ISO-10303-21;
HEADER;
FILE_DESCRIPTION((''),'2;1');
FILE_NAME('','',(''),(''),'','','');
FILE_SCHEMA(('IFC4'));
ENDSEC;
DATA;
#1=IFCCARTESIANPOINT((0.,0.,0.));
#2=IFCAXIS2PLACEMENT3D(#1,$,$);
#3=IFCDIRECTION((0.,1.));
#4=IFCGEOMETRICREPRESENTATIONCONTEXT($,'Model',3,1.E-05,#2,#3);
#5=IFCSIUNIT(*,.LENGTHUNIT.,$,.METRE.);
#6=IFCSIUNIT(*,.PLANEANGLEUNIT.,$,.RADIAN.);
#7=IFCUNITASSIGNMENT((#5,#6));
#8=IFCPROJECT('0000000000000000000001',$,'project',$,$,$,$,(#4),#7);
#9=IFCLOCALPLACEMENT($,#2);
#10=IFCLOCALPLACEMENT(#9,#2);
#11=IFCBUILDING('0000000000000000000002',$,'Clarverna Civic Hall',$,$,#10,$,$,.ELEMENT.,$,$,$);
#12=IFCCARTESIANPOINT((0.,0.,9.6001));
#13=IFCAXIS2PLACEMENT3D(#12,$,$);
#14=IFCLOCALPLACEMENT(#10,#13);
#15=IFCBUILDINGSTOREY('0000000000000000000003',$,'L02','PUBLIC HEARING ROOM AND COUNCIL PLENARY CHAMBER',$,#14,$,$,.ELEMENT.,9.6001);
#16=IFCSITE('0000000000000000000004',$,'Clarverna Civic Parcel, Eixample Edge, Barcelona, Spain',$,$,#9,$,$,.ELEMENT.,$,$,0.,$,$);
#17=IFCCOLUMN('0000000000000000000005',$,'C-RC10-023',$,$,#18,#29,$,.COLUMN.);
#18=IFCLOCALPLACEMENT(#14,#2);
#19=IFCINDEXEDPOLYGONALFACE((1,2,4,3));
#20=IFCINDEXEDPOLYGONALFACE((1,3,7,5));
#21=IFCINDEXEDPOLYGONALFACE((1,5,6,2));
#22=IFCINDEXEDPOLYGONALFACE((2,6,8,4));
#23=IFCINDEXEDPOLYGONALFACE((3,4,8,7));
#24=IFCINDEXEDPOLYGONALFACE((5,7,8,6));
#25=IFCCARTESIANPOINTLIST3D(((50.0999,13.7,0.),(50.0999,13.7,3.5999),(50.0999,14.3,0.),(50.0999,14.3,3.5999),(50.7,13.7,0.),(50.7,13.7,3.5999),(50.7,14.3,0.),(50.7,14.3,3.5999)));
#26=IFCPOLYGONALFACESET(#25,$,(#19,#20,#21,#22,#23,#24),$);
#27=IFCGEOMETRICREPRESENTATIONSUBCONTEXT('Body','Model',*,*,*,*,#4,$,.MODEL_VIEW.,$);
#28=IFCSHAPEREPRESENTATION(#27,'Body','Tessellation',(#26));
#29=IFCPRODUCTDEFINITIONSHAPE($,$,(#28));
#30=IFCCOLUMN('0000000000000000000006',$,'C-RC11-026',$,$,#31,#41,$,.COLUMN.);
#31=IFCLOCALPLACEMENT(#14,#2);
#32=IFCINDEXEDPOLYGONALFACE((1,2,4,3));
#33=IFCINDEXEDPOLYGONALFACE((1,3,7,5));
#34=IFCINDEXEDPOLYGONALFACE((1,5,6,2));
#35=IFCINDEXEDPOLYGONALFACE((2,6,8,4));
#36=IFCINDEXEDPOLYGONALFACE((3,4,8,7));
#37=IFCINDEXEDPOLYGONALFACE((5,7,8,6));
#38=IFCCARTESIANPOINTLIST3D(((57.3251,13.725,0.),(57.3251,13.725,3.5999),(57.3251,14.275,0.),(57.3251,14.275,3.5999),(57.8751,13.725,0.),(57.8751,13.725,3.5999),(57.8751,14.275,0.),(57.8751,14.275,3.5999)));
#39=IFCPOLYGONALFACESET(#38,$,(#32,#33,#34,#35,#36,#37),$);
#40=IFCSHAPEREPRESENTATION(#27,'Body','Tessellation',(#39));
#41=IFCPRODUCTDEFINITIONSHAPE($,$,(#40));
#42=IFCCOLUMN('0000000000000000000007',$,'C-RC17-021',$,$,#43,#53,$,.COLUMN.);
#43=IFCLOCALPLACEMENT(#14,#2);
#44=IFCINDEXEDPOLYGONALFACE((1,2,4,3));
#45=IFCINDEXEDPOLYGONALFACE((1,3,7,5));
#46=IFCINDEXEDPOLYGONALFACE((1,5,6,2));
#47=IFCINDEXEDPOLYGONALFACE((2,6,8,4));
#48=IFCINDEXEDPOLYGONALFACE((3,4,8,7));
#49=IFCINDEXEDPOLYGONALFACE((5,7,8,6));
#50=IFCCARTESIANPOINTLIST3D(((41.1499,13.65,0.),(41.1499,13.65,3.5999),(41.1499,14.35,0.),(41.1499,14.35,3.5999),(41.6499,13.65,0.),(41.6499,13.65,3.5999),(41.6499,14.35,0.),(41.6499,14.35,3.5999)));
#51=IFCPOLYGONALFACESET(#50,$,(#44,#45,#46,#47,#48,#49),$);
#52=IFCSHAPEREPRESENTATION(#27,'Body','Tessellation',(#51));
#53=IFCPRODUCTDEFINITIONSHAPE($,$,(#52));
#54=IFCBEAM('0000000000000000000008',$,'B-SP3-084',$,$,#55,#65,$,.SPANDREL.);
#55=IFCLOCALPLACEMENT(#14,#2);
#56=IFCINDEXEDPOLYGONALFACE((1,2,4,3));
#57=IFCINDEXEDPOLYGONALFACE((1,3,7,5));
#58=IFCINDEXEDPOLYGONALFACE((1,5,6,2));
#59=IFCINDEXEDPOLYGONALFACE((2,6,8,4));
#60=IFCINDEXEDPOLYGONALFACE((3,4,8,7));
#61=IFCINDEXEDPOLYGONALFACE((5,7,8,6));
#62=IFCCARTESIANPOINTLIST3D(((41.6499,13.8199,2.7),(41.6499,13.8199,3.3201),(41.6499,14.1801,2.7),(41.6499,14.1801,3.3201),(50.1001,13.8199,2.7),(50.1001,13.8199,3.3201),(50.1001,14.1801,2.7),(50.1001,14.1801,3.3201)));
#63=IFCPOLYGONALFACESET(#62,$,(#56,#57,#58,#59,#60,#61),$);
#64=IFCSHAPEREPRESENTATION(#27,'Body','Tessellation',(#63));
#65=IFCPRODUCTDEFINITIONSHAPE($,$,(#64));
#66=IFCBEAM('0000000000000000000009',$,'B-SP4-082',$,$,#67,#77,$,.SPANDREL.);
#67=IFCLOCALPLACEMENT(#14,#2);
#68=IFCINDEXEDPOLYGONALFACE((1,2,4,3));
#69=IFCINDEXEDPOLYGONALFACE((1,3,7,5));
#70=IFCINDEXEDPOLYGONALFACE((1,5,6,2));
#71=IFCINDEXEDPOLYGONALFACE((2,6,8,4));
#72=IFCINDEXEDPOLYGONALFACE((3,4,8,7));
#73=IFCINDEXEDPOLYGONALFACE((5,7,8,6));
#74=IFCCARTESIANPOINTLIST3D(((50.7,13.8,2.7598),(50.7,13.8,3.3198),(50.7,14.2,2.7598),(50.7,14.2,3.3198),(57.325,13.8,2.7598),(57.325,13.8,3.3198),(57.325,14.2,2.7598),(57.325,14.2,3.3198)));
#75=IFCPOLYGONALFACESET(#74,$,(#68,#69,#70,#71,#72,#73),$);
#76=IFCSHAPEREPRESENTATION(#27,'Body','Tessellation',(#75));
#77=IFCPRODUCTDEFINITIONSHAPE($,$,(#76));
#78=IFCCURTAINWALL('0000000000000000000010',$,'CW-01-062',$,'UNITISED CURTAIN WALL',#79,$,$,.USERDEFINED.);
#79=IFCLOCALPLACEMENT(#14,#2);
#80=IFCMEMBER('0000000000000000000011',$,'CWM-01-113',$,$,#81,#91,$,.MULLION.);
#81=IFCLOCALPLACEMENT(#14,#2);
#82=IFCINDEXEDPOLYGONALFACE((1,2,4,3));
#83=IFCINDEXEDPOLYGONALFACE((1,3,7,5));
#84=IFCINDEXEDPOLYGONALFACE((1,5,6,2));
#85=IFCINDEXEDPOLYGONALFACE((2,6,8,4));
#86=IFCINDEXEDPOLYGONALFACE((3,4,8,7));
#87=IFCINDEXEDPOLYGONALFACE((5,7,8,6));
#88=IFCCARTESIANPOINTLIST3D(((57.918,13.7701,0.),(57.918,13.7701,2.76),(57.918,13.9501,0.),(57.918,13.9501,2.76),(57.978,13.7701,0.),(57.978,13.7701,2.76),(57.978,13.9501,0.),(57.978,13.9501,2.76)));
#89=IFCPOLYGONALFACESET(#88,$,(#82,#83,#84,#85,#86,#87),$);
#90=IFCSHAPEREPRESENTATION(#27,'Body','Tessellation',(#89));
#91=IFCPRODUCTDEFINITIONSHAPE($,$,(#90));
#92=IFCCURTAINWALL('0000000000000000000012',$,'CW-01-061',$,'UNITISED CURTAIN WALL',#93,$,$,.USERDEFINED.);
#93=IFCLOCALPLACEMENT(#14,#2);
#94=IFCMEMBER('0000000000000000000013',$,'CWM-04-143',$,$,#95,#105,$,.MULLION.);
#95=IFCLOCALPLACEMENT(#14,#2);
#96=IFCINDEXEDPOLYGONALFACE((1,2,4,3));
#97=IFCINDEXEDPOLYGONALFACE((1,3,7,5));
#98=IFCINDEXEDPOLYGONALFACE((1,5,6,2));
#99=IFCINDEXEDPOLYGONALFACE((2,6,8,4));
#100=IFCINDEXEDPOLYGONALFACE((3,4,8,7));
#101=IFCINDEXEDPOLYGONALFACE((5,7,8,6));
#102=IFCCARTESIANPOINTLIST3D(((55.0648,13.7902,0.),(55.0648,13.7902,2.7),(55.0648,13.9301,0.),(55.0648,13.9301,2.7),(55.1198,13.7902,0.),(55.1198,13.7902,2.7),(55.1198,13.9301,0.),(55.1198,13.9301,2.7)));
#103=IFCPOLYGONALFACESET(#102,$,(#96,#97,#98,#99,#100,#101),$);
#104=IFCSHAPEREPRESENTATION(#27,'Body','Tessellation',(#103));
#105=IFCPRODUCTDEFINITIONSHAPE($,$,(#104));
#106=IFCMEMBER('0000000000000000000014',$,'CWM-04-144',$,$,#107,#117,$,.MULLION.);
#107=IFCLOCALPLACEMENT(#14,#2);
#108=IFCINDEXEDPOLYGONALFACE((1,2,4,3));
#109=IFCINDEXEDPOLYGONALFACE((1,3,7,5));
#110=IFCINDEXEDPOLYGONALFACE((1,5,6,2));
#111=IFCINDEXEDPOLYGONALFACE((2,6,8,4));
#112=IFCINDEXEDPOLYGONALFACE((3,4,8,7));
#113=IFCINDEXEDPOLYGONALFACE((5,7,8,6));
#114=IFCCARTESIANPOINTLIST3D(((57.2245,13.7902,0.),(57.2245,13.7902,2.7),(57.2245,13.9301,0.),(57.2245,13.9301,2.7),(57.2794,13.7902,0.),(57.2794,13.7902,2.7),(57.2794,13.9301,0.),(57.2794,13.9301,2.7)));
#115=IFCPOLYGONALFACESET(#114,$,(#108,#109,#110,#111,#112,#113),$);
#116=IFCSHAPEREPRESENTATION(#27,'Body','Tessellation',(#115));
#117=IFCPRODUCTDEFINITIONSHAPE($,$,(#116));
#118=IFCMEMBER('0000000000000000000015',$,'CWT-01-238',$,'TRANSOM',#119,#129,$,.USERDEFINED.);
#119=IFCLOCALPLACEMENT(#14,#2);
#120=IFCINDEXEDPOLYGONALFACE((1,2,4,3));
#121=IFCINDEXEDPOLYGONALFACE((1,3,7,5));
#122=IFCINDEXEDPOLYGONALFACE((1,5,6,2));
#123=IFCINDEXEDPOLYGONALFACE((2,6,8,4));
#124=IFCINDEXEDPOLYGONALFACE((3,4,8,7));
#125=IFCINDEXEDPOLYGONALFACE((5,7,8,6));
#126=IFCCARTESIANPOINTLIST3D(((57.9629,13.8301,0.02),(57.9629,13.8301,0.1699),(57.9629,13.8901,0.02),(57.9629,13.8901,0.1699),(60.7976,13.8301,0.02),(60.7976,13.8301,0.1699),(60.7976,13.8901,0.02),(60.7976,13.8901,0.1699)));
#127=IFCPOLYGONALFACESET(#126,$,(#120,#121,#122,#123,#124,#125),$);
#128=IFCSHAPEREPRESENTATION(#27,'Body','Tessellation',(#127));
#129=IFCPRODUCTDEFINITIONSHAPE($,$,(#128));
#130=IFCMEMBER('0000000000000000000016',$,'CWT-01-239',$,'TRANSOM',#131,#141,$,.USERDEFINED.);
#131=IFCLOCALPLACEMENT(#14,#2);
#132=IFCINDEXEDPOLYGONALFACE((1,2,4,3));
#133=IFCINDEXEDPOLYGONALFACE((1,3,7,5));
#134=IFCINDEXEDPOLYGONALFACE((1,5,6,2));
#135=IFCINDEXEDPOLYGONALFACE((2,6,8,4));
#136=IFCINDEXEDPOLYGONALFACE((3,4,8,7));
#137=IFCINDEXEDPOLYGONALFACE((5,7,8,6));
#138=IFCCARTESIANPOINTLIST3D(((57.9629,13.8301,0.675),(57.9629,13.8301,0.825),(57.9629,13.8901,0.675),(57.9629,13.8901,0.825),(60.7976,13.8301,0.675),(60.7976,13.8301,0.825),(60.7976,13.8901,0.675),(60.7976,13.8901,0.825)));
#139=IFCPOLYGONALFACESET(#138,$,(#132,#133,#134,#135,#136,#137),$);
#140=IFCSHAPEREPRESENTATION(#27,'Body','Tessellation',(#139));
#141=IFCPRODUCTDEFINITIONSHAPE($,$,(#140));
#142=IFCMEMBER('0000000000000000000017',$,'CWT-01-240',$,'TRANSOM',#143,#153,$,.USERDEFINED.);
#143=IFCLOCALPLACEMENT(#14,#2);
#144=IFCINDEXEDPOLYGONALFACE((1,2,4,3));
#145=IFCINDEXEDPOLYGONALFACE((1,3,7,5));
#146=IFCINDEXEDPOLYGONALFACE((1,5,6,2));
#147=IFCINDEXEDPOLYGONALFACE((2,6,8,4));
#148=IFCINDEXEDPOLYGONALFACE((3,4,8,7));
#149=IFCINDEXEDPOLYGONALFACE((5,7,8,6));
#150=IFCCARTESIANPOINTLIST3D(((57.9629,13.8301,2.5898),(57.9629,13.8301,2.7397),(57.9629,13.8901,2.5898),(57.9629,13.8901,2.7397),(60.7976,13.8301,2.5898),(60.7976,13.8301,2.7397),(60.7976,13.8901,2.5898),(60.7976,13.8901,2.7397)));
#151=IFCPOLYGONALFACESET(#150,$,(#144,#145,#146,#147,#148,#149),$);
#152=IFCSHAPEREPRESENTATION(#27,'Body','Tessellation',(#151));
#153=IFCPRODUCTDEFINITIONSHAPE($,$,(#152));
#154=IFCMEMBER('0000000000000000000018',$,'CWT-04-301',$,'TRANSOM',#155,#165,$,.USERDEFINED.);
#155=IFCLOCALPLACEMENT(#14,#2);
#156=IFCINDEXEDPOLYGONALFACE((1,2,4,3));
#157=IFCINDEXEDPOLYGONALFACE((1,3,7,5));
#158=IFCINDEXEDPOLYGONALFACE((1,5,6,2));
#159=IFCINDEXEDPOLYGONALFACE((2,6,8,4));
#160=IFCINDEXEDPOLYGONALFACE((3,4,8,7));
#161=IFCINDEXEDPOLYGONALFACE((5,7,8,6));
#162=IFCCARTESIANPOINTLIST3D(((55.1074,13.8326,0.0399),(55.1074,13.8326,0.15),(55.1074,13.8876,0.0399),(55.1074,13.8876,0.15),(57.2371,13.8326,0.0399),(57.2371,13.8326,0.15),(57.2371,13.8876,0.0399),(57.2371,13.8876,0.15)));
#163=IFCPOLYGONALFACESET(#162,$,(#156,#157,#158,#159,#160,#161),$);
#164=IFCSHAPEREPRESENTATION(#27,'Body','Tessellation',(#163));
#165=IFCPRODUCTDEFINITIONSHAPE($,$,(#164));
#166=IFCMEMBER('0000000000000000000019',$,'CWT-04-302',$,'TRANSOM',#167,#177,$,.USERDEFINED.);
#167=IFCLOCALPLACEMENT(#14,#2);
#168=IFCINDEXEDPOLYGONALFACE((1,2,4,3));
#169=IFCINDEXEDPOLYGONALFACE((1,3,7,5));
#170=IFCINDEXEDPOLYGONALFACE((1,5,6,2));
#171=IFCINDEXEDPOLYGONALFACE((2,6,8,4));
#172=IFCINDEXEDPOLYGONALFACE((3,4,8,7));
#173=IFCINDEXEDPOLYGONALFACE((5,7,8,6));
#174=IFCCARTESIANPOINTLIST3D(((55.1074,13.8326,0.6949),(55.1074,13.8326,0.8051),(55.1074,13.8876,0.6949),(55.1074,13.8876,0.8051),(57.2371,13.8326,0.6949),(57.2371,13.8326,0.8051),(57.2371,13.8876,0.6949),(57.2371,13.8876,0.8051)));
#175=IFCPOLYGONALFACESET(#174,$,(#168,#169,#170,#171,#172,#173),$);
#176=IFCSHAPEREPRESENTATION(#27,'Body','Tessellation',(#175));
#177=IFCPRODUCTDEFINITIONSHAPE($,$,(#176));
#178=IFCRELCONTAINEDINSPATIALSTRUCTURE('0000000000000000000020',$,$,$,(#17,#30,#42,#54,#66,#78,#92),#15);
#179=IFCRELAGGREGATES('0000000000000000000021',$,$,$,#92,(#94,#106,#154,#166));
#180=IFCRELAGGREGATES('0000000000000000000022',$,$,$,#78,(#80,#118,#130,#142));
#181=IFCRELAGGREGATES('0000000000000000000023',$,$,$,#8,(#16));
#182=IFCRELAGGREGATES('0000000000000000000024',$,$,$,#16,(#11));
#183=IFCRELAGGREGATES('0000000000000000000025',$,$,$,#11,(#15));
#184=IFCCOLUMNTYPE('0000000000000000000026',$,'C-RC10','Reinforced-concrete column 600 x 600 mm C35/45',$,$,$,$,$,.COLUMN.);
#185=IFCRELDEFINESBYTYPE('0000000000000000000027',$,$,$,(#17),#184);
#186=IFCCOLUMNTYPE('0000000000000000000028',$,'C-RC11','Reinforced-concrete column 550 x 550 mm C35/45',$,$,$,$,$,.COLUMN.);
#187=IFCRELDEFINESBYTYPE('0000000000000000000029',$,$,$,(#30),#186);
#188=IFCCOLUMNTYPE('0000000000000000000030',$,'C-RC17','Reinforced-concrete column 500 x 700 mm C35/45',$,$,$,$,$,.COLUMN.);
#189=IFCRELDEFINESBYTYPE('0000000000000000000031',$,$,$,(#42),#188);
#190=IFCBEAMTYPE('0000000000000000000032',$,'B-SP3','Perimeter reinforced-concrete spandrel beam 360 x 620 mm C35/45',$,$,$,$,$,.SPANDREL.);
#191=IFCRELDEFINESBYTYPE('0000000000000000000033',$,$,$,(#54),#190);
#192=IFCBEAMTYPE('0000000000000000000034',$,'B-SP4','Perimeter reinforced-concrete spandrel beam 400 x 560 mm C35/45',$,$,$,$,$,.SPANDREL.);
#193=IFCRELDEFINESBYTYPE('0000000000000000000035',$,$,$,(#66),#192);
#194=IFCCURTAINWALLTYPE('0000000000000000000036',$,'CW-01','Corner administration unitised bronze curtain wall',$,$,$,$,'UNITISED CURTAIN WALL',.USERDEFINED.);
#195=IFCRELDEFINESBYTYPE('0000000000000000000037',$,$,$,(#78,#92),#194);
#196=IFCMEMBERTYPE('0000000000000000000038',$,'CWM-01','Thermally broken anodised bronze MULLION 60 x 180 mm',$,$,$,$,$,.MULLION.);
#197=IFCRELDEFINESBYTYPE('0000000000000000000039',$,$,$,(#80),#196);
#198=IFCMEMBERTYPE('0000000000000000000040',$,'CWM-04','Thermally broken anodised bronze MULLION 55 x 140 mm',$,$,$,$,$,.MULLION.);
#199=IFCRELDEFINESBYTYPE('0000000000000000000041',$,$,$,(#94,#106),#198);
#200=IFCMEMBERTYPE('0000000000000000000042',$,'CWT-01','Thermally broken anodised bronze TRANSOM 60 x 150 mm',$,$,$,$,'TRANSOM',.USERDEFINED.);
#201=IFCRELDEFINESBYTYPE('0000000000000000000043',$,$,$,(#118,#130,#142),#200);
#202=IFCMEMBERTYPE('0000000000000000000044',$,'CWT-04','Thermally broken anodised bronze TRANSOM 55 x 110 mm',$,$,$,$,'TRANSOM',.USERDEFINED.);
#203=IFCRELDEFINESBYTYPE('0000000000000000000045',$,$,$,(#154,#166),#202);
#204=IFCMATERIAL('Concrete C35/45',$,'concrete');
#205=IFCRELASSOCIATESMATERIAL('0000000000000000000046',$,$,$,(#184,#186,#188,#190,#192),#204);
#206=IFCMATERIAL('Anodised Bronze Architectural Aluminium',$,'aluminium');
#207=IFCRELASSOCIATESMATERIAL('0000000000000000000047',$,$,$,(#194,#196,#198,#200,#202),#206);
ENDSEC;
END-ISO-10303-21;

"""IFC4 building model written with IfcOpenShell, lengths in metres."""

from ifc_helpers import new_model, si_unit, direction, frame, origin, origin_2d, place, context, subcontext, project, spatial, rectangle, extrude, material, material_profile, profile_set, type_object, element, aggregate, save


model = new_model("IFC4")

# Units and contexts
model_context = context("Model", 3, precision=1e-05, world=origin(), true_north=direction((0.0, 1.0)))
body_context = subcontext(model_context, "Body", "Model", "MODEL_VIEW")
ifc_project = project(units=[si_unit("LENGTHUNIT", "METRE"), si_unit("PLANEANGLEUNIT", "RADIAN")], contexts=[model_context])

# Site, building, storey
site_placement = place(None, origin())
site = spatial("IfcSite", under=ifc_project, at=site_placement, Name="Clarverna Civic Parcel, Eixample Edge, Barcelona, Spain", CompositionType="ELEMENT", RefElevation=0.0)
building_placement = place(site_placement, origin())
building = spatial("IfcBuilding", under=site, at=building_placement, Name="Clarverna Civic Hall", CompositionType="ELEMENT")
storey_placement = place(building_placement, frame((0.0, 0.0, 9.6001)))
storey = spatial("IfcBuildingStorey", under=building, at=storey_placement, Name="L02", Description="PUBLIC HEARING ROOM AND COUNCIL PLENARY CHAMBER", CompositionType="ELEMENT", Elevation=9.6001)

# Columns
ifc_material_1 = material(Name="Concrete C35/45", Category="concrete")
ifc_material_profile_1 = material_profile(ifc_material_1, rectangle(XDim=0.6001, YDim=0.6001, at=origin_2d()), Name="RC 600x600")
ifc_profile_set_1 = profile_set([ifc_material_profile_1], Name="Concrete C35/45")
column_type_1 = type_object("IfcColumnType", Name="C-RC10", Description="Reinforced-concrete column 600 x 600 mm C35/45", PredefinedType="COLUMN", material=ifc_profile_set_1)
column_1_placement = place(storey_placement, frame((50.3999, 14.0, 0.0), z_axis=(0.0, 0.0, 1.0), x_axis=(1.0, 0.0, 0.0)))
element("IfcColumn", 1, at=column_1_placement, inside=storey, type_object=column_type_1, Name="C-RC10-023", PredefinedType="COLUMN", context=body_context, shape_type="SweptSolid", body=[
    extrude(rectangle(XDim=0.6001, YDim=0.6001, at=origin_2d()), origin(), (0.0, 0.0, 1.0), 3.5999),
])
ifc_material_profile_2 = material_profile(ifc_material_1, rectangle(XDim=0.55, YDim=0.55, at=origin_2d()), Name="RC 550x550")
ifc_profile_set_2 = profile_set([ifc_material_profile_2], Name="Concrete C35/45")
column_type_2 = type_object("IfcColumnType", Name="C-RC11", Description="Reinforced-concrete column 550 x 550 mm C35/45", PredefinedType="COLUMN", material=ifc_profile_set_2)
column_2_placement = place(storey_placement, frame((57.6001, 14.0, 0.0), z_axis=(0.0, 0.0, 1.0), x_axis=(1.0, 0.0, 0.0)))
element("IfcColumn", 2, at=column_2_placement, inside=storey, type_object=column_type_2, Name="C-RC11-026", PredefinedType="COLUMN", context=body_context, shape_type="SweptSolid", body=[
    extrude(rectangle(XDim=0.55, YDim=0.55, at=origin_2d()), origin(), (0.0, 0.0, 1.0), 3.5999),
])
ifc_material_profile_3 = material_profile(ifc_material_1, rectangle(XDim=0.5, YDim=0.7, at=origin_2d()), Name="RC 500x700")
ifc_profile_set_3 = profile_set([ifc_material_profile_3], Name="Concrete C35/45")
column_type_3 = type_object("IfcColumnType", Name="C-RC17", Description="Reinforced-concrete column 500 x 700 mm C35/45", PredefinedType="COLUMN", material=ifc_profile_set_3)
column_3_placement = place(storey_placement, frame((41.3999, 14.0, 0.0), z_axis=(0.0, 0.0, 1.0), x_axis=(1.0, 0.0, 0.0)))
element("IfcColumn", 3, at=column_3_placement, inside=storey, type_object=column_type_3, Name="C-RC17-021", PredefinedType="COLUMN", context=body_context, shape_type="SweptSolid", body=[
    extrude(rectangle(XDim=0.5, YDim=0.7, at=origin_2d()), origin(), (0.0, 0.0, 1.0), 3.5999),
])

# Beams
ifc_material_profile_4 = material_profile(ifc_material_1, rectangle(XDim=0.3601, YDim=0.6201, at=origin_2d()), Name="RC 360x620")
ifc_profile_set_4 = profile_set([ifc_material_profile_4], Name="Concrete C35/45")
beam_type_1 = type_object("IfcBeamType", Name="B-SP3", Description="Perimeter reinforced-concrete spandrel beam 360 x 620 mm C35/45", PredefinedType="SPANDREL", material=ifc_profile_set_4)
beam_1_placement = place(storey_placement, frame((41.6499, 14.0, 3.01), z_axis=(1.0, 0.0, 0.0), x_axis=(0.0, 1.0, 0.0)))
element("IfcBeam", 4, at=beam_1_placement, inside=storey, type_object=beam_type_1, Name="B-SP3-084", PredefinedType="SPANDREL", context=body_context, shape_type="SweptSolid", body=[
    extrude(rectangle(XDim=0.3601, YDim=0.6201, at=origin_2d()), origin(), (0.0, 0.0, 1.0), 8.4502),
])
ifc_material_profile_5 = material_profile(ifc_material_1, rectangle(XDim=0.3999, YDim=0.5601, at=origin_2d()), Name="RC 400x560")
ifc_profile_set_5 = profile_set([ifc_material_profile_5], Name="Concrete C35/45")
beam_type_2 = type_object("IfcBeamType", Name="B-SP4", Description="Perimeter reinforced-concrete spandrel beam 400 x 560 mm C35/45", PredefinedType="SPANDREL", material=ifc_profile_set_5)
beam_2_placement = place(storey_placement, frame((50.7, 14.0, 3.0398), z_axis=(1.0, 0.0, 0.0), x_axis=(0.0, 1.0, 0.0)))
element("IfcBeam", 5, at=beam_2_placement, inside=storey, type_object=beam_type_2, Name="B-SP4-082", PredefinedType="SPANDREL", context=body_context, shape_type="SweptSolid", body=[
    extrude(rectangle(XDim=0.3999, YDim=0.5601, at=origin_2d()), origin(), (0.0, 0.0, 1.0), 6.625),
])

# Curtain wall, member
ifc_material_2 = material(Name="Anodised Bronze Architectural Aluminium", Category="aluminium")
curtain_wall_type = type_object("IfcCurtainWallType", Name="CW-01", Description="Corner administration unitised bronze curtain wall", ElementType="UNITISED CURTAIN WALL", PredefinedType="USERDEFINED", material=ifc_material_2)
curtain_wall_1_placement = place(storey_placement, origin())
curtain_wall_1 = element("IfcCurtainWall", 6, at=curtain_wall_1_placement, inside=storey, type_object=curtain_wall_type, Name="CW-01-062", ObjectType="UNITISED CURTAIN WALL", PredefinedType="USERDEFINED")
ifc_material_profile_6 = material_profile(ifc_material_2, rectangle(XDim=0.0601, YDim=0.1799, at=origin_2d()), Name="BRONZE 60x180")
ifc_profile_set_6 = profile_set([ifc_material_profile_6], Name="Anodised Bronze Architectural Aluminium")
member_type_1 = type_object("IfcMemberType", Name="CWM-01", Description="Thermally broken anodised bronze MULLION 60 x 180 mm", PredefinedType="MULLION", material=ifc_profile_set_6)
member_1_placement = place(storey_placement, frame((57.948, 13.8601, 0.0), z_axis=(0.0, 0.0, 1.0), x_axis=(1.0, 0.0, 0.0)))
member_1 = element("IfcMember", 7, at=member_1_placement, type_object=member_type_1, Name="CWM-01-113", PredefinedType="MULLION", context=body_context, shape_type="SweptSolid", body=[
    extrude(rectangle(XDim=0.0601, YDim=0.1799, at=origin_2d()), origin(), (0.0, 0.0, 1.0), 2.76),
])

# Curtain wall, members
curtain_wall_2_placement = place(storey_placement, origin())
curtain_wall_2 = element("IfcCurtainWall", 8, at=curtain_wall_2_placement, inside=storey, type_object=curtain_wall_type, Name="CW-01-061", ObjectType="UNITISED CURTAIN WALL", PredefinedType="USERDEFINED")
ifc_material_profile_7 = material_profile(ifc_material_2, rectangle(XDim=0.0549, YDim=0.1399, at=origin_2d()), Name="BRONZE 55x140")
ifc_profile_set_7 = profile_set([ifc_material_profile_7], Name="Anodised Bronze Architectural Aluminium")
member_type_2 = type_object("IfcMemberType", Name="CWM-04", Description="Thermally broken anodised bronze MULLION 55 x 140 mm", PredefinedType="MULLION", material=ifc_profile_set_7)
member_2_placement = place(storey_placement, frame((55.0923, 13.8601, 0.0), z_axis=(0.0, 0.0, 1.0), x_axis=(1.0, 0.0, 0.0)))
member_2 = element("IfcMember", 9, at=member_2_placement, type_object=member_type_2, Name="CWM-04-143", PredefinedType="MULLION", context=body_context, shape_type="SweptSolid", body=[
    extrude(rectangle(XDim=0.0549, YDim=0.1399, at=origin_2d()), origin(), (0.0, 0.0, 1.0), 2.7),
])
member_3_placement = place(storey_placement, frame((57.252, 13.8601, 0.0), z_axis=(0.0, 0.0, 1.0), x_axis=(1.0, 0.0, 0.0)))
member_3 = element("IfcMember", 10, at=member_3_placement, type_object=member_type_2, Name="CWM-04-144", PredefinedType="MULLION", context=body_context, shape_type="SweptSolid", body=[
    extrude(rectangle(XDim=0.0549, YDim=0.1399, at=origin_2d()), origin(), (0.0, 0.0, 1.0), 2.7),
])

# Members
ifc_material_profile_8 = material_profile(ifc_material_2, rectangle(XDim=0.0601, YDim=0.1499, at=origin_2d()), Name="BRONZE 60x150")
ifc_profile_set_8 = profile_set([ifc_material_profile_8], Name="Anodised Bronze Architectural Aluminium")
member_type_3 = type_object("IfcMemberType", Name="CWT-01", Description="Thermally broken anodised bronze TRANSOM 60 x 150 mm", ElementType="TRANSOM", PredefinedType="USERDEFINED", material=ifc_profile_set_8)
member_4_placement = place(storey_placement, frame((57.9629, 13.8601, 0.095), z_axis=(1.0, 0.0, 0.0), x_axis=(0.0, 1.0, 0.0)))
member_4 = element("IfcMember", 11, at=member_4_placement, type_object=member_type_3, Name="CWT-01-238", ObjectType="TRANSOM", PredefinedType="USERDEFINED", context=body_context, shape_type="SweptSolid", body=[
    extrude(rectangle(XDim=0.0601, YDim=0.1499, at=origin_2d()), origin(), (0.0, 0.0, 1.0), 2.8347),
])
member_5_placement = place(storey_placement, frame((57.9629, 13.8601, 0.75), z_axis=(1.0, 0.0, 0.0), x_axis=(0.0, 1.0, 0.0)))
member_5 = element("IfcMember", 12, at=member_5_placement, type_object=member_type_3, Name="CWT-01-239", ObjectType="TRANSOM", PredefinedType="USERDEFINED", context=body_context, shape_type="SweptSolid", body=[
    extrude(rectangle(XDim=0.0601, YDim=0.1499, at=origin_2d()), origin(), (0.0, 0.0, 1.0), 2.8347),
])
member_6_placement = place(storey_placement, frame((57.9629, 13.8601, 2.6648), z_axis=(1.0, 0.0, 0.0), x_axis=(0.0, 1.0, 0.0)))
member_6 = element("IfcMember", 13, at=member_6_placement, type_object=member_type_3, Name="CWT-01-240", ObjectType="TRANSOM", PredefinedType="USERDEFINED", context=body_context, shape_type="SweptSolid", body=[
    extrude(rectangle(XDim=0.0601, YDim=0.1499, at=origin_2d()), origin(), (0.0, 0.0, 1.0), 2.8347),
])
ifc_material_profile_9 = material_profile(ifc_material_2, rectangle(XDim=0.0549, YDim=0.1101, at=origin_2d()), Name="BRONZE 55x110")
ifc_profile_set_9 = profile_set([ifc_material_profile_9], Name="Anodised Bronze Architectural Aluminium")
member_type_4 = type_object("IfcMemberType", Name="CWT-04", Description="Thermally broken anodised bronze TRANSOM 55 x 110 mm", ElementType="TRANSOM", PredefinedType="USERDEFINED", material=ifc_profile_set_9)
member_7_placement = place(storey_placement, frame((55.1074, 13.8601, 0.095), z_axis=(1.0, 0.0, 0.0), x_axis=(0.0, 1.0, 0.0)))
member_7 = element("IfcMember", 14, at=member_7_placement, type_object=member_type_4, Name="CWT-04-301", ObjectType="TRANSOM", PredefinedType="USERDEFINED", context=body_context, shape_type="SweptSolid", body=[
    extrude(rectangle(XDim=0.0549, YDim=0.1101, at=origin_2d()), origin(), (0.0, 0.0, 1.0), 2.1296),
])
member_8_placement = place(storey_placement, frame((55.1074, 13.8601, 0.75), z_axis=(1.0, 0.0, 0.0), x_axis=(0.0, 1.0, 0.0)))
member_8 = element("IfcMember", 15, at=member_8_placement, type_object=member_type_4, Name="CWT-04-302", ObjectType="TRANSOM", PredefinedType="USERDEFINED", context=body_context, shape_type="SweptSolid", body=[
    extrude(rectangle(XDim=0.0549, YDim=0.1101, at=origin_2d()), origin(), (0.0, 0.0, 1.0), 2.1296),
])

aggregate(curtain_wall_2, [member_2, member_3, member_7, member_8])
aggregate(curtain_wall_1, [member_1, member_4, member_5, member_6])

save(model, "model.ifc")
